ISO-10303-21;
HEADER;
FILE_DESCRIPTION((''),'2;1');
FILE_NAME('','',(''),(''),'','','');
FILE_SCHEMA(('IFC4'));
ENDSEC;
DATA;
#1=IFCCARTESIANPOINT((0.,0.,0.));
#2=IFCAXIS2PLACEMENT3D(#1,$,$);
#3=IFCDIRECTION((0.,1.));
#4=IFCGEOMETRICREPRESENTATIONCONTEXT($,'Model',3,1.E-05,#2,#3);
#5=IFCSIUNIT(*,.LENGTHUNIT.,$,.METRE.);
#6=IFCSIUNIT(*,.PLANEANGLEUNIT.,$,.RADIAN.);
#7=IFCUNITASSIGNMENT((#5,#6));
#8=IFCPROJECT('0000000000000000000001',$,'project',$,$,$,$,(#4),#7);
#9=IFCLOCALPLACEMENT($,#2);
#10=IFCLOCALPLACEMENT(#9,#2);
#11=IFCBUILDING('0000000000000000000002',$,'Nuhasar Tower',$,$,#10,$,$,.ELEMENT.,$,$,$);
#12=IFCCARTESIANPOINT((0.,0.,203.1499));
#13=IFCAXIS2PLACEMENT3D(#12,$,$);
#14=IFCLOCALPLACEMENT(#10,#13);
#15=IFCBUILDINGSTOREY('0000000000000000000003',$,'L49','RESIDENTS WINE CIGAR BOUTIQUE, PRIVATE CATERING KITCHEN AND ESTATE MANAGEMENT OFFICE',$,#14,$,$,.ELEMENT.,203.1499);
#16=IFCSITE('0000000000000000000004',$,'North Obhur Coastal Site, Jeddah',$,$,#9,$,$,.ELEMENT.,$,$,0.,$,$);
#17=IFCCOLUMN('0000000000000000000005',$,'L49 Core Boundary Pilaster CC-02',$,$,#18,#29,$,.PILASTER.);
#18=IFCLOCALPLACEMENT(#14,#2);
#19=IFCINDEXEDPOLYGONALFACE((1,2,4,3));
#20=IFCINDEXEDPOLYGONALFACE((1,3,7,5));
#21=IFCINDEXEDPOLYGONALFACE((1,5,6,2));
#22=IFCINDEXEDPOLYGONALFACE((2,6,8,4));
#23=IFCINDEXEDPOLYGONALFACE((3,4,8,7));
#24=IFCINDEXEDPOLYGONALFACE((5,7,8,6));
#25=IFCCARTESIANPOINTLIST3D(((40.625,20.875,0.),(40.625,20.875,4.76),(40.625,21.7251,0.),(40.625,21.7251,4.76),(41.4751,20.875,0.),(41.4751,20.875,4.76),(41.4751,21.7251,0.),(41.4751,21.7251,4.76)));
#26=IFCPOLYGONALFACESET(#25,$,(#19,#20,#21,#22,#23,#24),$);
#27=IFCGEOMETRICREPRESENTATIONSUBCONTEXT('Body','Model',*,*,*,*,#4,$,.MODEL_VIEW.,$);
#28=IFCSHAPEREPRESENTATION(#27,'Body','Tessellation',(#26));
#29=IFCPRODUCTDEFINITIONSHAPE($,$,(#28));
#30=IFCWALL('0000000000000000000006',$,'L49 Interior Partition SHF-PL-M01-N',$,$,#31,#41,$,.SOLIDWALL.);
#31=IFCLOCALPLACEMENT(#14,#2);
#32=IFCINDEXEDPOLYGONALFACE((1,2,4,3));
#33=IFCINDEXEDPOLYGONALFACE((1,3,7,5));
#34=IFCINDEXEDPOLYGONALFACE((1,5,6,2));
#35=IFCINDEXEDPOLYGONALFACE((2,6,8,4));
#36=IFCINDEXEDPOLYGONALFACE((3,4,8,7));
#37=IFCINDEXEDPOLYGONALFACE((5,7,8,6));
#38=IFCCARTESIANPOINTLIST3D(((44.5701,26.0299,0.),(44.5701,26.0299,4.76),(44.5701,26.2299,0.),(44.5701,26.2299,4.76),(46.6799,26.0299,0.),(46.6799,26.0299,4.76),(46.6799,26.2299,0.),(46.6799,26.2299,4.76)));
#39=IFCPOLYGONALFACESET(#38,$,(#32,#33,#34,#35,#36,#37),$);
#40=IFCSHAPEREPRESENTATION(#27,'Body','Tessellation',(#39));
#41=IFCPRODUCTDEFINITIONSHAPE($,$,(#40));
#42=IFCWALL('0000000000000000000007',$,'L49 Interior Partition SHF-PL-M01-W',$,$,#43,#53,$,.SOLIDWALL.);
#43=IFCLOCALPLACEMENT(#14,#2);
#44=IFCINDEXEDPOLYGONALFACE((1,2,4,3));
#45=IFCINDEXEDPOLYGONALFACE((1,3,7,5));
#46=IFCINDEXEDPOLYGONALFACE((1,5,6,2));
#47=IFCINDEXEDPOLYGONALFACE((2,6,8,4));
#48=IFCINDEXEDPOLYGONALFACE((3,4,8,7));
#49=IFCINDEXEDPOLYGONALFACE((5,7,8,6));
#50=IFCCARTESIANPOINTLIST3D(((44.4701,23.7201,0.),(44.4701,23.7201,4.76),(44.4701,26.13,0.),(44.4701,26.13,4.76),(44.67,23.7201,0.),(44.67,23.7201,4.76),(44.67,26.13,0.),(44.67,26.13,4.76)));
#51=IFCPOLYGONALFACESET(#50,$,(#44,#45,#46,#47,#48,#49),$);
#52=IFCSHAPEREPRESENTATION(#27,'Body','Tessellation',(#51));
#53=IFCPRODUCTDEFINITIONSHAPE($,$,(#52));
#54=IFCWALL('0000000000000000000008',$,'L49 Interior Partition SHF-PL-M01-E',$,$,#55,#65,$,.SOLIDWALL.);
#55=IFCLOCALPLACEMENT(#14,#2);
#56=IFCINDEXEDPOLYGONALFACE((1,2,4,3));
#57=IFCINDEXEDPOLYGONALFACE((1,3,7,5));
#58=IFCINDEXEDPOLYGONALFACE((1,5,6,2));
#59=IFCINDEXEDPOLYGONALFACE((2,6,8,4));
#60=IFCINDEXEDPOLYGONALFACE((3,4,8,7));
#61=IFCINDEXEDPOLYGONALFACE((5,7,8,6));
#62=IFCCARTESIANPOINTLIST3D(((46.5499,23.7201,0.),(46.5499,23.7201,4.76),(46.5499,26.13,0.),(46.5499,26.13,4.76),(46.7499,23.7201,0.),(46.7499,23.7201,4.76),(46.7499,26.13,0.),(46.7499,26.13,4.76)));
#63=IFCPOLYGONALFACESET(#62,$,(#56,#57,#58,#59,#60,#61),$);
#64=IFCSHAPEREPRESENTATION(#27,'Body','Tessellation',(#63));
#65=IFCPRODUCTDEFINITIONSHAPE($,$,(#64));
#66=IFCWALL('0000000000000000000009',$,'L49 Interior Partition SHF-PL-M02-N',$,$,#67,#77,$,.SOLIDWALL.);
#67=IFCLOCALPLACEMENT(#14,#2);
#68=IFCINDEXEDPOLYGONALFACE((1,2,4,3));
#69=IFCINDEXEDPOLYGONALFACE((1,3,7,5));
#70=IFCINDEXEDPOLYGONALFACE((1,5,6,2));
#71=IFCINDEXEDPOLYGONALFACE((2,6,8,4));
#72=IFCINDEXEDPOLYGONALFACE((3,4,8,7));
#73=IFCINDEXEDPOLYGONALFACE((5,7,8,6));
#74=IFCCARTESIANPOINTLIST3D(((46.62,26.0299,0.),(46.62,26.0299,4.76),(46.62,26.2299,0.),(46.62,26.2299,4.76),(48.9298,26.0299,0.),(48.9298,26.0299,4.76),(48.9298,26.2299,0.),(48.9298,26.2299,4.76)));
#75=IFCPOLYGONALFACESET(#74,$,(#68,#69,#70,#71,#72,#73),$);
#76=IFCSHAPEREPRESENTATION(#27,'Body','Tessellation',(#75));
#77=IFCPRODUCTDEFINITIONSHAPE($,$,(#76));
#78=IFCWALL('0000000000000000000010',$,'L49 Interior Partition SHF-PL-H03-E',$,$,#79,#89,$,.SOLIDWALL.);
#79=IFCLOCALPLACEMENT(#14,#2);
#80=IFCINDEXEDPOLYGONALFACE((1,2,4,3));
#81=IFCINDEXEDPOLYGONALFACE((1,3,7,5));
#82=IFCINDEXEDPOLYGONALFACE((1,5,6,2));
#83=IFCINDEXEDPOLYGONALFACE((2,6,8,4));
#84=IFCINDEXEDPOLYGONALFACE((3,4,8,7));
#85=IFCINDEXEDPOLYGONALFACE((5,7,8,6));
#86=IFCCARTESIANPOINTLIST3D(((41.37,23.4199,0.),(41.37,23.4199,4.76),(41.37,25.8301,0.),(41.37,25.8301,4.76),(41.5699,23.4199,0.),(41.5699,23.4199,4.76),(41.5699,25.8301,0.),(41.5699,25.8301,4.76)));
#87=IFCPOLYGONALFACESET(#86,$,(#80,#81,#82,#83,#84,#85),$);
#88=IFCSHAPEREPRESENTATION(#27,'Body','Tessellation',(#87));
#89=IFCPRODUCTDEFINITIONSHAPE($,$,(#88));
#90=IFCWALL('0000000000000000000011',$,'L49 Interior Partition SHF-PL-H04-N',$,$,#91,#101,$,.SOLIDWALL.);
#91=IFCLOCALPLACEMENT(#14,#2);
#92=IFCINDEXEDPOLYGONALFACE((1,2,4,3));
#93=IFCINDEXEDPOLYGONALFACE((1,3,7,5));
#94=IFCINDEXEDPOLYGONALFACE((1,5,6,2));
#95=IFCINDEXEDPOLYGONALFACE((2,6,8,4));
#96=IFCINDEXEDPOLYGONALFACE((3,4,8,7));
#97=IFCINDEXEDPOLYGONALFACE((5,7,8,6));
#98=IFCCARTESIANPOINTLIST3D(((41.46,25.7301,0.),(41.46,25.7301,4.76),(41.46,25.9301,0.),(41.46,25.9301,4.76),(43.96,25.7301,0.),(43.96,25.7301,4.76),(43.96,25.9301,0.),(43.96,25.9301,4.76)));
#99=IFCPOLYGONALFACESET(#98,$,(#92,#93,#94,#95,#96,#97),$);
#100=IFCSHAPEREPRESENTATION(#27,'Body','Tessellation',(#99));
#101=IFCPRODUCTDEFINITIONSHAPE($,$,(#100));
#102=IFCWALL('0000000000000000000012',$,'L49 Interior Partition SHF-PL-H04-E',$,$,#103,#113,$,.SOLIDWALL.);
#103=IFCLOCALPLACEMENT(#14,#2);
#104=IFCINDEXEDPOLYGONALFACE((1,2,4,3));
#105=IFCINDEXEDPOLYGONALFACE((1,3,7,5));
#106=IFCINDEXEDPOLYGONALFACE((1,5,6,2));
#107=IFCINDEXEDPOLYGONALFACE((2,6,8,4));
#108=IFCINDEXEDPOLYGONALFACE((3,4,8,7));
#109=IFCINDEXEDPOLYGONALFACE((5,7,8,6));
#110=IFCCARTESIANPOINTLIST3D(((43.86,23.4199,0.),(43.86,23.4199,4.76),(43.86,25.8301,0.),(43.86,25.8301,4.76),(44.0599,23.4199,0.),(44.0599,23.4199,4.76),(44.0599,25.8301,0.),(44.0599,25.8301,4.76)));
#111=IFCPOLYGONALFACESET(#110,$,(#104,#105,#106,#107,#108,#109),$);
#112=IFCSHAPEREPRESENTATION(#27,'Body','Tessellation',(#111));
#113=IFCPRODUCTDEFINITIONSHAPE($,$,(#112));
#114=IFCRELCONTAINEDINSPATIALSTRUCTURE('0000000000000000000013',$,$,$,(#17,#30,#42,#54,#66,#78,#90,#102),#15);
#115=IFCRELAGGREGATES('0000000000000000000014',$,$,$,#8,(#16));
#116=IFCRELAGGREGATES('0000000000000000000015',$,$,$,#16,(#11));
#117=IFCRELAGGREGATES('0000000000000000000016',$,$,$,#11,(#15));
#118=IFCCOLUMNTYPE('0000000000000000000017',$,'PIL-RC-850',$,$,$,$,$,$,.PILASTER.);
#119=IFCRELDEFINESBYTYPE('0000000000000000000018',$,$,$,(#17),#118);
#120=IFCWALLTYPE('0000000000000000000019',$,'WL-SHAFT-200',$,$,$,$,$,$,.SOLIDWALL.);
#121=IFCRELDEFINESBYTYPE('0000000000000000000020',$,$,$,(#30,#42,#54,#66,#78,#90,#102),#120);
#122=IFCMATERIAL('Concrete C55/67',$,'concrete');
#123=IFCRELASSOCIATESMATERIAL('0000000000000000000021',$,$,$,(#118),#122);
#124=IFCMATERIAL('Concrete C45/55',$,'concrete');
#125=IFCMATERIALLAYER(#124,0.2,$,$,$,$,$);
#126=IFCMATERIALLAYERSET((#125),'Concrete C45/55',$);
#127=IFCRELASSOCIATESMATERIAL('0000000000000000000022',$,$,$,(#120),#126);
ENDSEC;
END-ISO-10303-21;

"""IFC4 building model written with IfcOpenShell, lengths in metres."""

from ifc_helpers import new_model, si_unit, direction, frame, frame_2d, origin, origin_2d, place, context, subcontext, project, spatial, rectangle, extrude, material, layer, layer_set, material_profile, profile_set, type_object, element, save


model = new_model("IFC4")

# Units and contexts
model_context = context("Model", 3, precision=1e-05, world=origin(), true_north=direction((0.0, 1.0)))
body_context = subcontext(model_context, "Body", "Model", "MODEL_VIEW")
ifc_project = project(units=[si_unit("LENGTHUNIT", "METRE"), si_unit("PLANEANGLEUNIT", "RADIAN")], contexts=[model_context])

# Site, building, storey
site_placement = place(None, origin())
site = spatial("IfcSite", under=ifc_project, at=site_placement, Name="North Obhur Coastal Site, Jeddah", CompositionType="ELEMENT", RefElevation=0.0)
building_placement = place(site_placement, origin())
building = spatial("IfcBuilding", under=site, at=building_placement, Name="Nuhasar Tower", CompositionType="ELEMENT")
storey_placement = place(building_placement, frame((0.0, 0.0, 203.1499)))
storey = spatial("IfcBuildingStorey", under=building, at=storey_placement, Name="L49", Description="RESIDENTS WINE CIGAR BOUTIQUE, PRIVATE CATERING KITCHEN AND ESTATE MANAGEMENT OFFICE", CompositionType="ELEMENT", Elevation=203.1499)

# Column
ifc_material_1 = material(Name="Concrete C55/67", Category="concrete")
ifc_material_profile = material_profile(ifc_material_1, rectangle(XDim=0.8501, YDim=0.8501, at=origin_2d()), Name="RC850X850")
ifc_profile_set = profile_set([ifc_material_profile], Name="Concrete C55/67")
column_type = type_object("IfcColumnType", Name="PIL-RC-850", PredefinedType="PILASTER", material=ifc_profile_set)
column_placement = place(storey_placement, frame((41.05, 21.3, 0.0), z_axis=(0.0, 0.0, 1.0), x_axis=(1.0, 0.0, 0.0)))
element("IfcColumn", 1, at=column_placement, inside=storey, type_object=column_type, Name="L49 Core Boundary Pilaster CC-02", PredefinedType="PILASTER", context=body_context, shape_type="SweptSolid", body=[
    extrude(rectangle(XDim=0.8501, YDim=0.8501, at=origin_2d()), origin(), (0.0, 0.0, 1.0), 4.76),
])

# Shared definitions
ifc_material_2 = material(Name="Concrete C45/55", Category="concrete")
ifc_layer_1 = layer(ifc_material_2, 0.2)
ifc_layer_set_1 = layer_set([ifc_layer_1], Name="Concrete C45/55")
wall_type_1 = type_object("IfcWallType", Name="WL-SHAFT-200", PredefinedType="SOLIDWALL", material=ifc_layer_set_1)

# Walls
wall_1_placement = place(storey_placement, frame((44.5701, 26.1299, 0.0), z_axis=(0.0, 0.0, 1.0), x_axis=(1.0, 0.0, 0.0)))
element("IfcWall", 2, at=wall_1_placement, inside=storey, type_object=wall_type_1, Name="L49 Interior Partition SHF-PL-M01-N", PredefinedType="SOLIDWALL", context=body_context, shape_type="SweptSolid", body=[
    extrude(rectangle(XDim=2.1099, YDim=0.2, at=frame_2d((1.0549, 0.0))), origin(), (0.0, 0.0, 1.0), 4.76),
])
for number, where, z_axis, x_axis, name in (
    (3, (44.5701, 23.72, 0.0), (0.0, 0.0, 1.0), (0.0, 1.0, 0.0), "L49 Interior Partition SHF-PL-M01-W"),
    (4, (46.6499, 23.72, 0.0), (0.0, 0.0, 1.0), (0.0, 1.0, 0.0), "L49 Interior Partition SHF-PL-M01-E"),
):
    element("IfcWall", number, at=place(storey_placement, frame(where, z_axis=z_axis, x_axis=x_axis)), inside=storey, type_object=wall_type_1, Name=name, PredefinedType="SOLIDWALL", context=body_context, shape_type="SweptSolid", body=[
        extrude(rectangle(XDim=2.4099, YDim=0.2, at=frame_2d((1.2051, 0.0))), origin(), (0.0, 0.0, 1.0), 4.76),
    ])

# Wall
wall_2_placement = place(storey_placement, frame((46.6201, 26.1299, 0.0), z_axis=(0.0, 0.0, 1.0), x_axis=(1.0, 0.0, 0.0)))
element("IfcWall", 5, at=wall_2_placement, inside=storey, type_object=wall_type_1, Name="L49 Interior Partition SHF-PL-M02-N", PredefinedType="SOLIDWALL", context=body_context, shape_type="SweptSolid", body=[
    extrude(rectangle(XDim=2.3098, YDim=0.2, at=frame_2d((1.1548, 0.0))), origin(), (0.0, 0.0, 1.0), 4.76),
])

# Wall
wall_3_placement = place(storey_placement, frame((41.47, 23.4199, 0.0), z_axis=(0.0, 0.0, 1.0), x_axis=(0.0, 1.0, 0.0)))
element("IfcWall", 6, at=wall_3_placement, inside=storey, type_object=wall_type_1, Name="L49 Interior Partition SHF-PL-H03-E", PredefinedType="SOLIDWALL", context=body_context, shape_type="SweptSolid", body=[
    extrude(rectangle(XDim=2.4102, YDim=0.2, at=frame_2d((1.2051, 0.0))), origin(), (0.0, 0.0, 1.0), 4.76),
])

# Walls
wall_4_placement = place(storey_placement, frame((41.46, 25.8301, 0.0), z_axis=(0.0, 0.0, 1.0), x_axis=(1.0, 0.0, 0.0)))
element("IfcWall", 7, at=wall_4_placement, inside=storey, type_object=wall_type_1, Name="L49 Interior Partition SHF-PL-H04-N", PredefinedType="SOLIDWALL", context=body_context, shape_type="SweptSolid", body=[
    extrude(rectangle(XDim=2.5, YDim=0.2, at=frame_2d((1.25, 0.0))), origin(), (0.0, 0.0, 1.0), 4.76),
])
wall_5_placement = place(storey_placement, frame((43.96, 23.4199, 0.0), z_axis=(0.0, 0.0, 1.0), x_axis=(0.0, 1.0, 0.0)))
element("IfcWall", 8, at=wall_5_placement, inside=storey, type_object=wall_type_1, Name="L49 Interior Partition SHF-PL-H04-E", PredefinedType="SOLIDWALL", context=body_context, shape_type="SweptSolid", body=[
    extrude(rectangle(XDim=2.4102, YDim=0.2, at=frame_2d((1.2051, 0.0))), origin(), (0.0, 0.0, 1.0), 4.76),
])

save(model, "model.ifc")
